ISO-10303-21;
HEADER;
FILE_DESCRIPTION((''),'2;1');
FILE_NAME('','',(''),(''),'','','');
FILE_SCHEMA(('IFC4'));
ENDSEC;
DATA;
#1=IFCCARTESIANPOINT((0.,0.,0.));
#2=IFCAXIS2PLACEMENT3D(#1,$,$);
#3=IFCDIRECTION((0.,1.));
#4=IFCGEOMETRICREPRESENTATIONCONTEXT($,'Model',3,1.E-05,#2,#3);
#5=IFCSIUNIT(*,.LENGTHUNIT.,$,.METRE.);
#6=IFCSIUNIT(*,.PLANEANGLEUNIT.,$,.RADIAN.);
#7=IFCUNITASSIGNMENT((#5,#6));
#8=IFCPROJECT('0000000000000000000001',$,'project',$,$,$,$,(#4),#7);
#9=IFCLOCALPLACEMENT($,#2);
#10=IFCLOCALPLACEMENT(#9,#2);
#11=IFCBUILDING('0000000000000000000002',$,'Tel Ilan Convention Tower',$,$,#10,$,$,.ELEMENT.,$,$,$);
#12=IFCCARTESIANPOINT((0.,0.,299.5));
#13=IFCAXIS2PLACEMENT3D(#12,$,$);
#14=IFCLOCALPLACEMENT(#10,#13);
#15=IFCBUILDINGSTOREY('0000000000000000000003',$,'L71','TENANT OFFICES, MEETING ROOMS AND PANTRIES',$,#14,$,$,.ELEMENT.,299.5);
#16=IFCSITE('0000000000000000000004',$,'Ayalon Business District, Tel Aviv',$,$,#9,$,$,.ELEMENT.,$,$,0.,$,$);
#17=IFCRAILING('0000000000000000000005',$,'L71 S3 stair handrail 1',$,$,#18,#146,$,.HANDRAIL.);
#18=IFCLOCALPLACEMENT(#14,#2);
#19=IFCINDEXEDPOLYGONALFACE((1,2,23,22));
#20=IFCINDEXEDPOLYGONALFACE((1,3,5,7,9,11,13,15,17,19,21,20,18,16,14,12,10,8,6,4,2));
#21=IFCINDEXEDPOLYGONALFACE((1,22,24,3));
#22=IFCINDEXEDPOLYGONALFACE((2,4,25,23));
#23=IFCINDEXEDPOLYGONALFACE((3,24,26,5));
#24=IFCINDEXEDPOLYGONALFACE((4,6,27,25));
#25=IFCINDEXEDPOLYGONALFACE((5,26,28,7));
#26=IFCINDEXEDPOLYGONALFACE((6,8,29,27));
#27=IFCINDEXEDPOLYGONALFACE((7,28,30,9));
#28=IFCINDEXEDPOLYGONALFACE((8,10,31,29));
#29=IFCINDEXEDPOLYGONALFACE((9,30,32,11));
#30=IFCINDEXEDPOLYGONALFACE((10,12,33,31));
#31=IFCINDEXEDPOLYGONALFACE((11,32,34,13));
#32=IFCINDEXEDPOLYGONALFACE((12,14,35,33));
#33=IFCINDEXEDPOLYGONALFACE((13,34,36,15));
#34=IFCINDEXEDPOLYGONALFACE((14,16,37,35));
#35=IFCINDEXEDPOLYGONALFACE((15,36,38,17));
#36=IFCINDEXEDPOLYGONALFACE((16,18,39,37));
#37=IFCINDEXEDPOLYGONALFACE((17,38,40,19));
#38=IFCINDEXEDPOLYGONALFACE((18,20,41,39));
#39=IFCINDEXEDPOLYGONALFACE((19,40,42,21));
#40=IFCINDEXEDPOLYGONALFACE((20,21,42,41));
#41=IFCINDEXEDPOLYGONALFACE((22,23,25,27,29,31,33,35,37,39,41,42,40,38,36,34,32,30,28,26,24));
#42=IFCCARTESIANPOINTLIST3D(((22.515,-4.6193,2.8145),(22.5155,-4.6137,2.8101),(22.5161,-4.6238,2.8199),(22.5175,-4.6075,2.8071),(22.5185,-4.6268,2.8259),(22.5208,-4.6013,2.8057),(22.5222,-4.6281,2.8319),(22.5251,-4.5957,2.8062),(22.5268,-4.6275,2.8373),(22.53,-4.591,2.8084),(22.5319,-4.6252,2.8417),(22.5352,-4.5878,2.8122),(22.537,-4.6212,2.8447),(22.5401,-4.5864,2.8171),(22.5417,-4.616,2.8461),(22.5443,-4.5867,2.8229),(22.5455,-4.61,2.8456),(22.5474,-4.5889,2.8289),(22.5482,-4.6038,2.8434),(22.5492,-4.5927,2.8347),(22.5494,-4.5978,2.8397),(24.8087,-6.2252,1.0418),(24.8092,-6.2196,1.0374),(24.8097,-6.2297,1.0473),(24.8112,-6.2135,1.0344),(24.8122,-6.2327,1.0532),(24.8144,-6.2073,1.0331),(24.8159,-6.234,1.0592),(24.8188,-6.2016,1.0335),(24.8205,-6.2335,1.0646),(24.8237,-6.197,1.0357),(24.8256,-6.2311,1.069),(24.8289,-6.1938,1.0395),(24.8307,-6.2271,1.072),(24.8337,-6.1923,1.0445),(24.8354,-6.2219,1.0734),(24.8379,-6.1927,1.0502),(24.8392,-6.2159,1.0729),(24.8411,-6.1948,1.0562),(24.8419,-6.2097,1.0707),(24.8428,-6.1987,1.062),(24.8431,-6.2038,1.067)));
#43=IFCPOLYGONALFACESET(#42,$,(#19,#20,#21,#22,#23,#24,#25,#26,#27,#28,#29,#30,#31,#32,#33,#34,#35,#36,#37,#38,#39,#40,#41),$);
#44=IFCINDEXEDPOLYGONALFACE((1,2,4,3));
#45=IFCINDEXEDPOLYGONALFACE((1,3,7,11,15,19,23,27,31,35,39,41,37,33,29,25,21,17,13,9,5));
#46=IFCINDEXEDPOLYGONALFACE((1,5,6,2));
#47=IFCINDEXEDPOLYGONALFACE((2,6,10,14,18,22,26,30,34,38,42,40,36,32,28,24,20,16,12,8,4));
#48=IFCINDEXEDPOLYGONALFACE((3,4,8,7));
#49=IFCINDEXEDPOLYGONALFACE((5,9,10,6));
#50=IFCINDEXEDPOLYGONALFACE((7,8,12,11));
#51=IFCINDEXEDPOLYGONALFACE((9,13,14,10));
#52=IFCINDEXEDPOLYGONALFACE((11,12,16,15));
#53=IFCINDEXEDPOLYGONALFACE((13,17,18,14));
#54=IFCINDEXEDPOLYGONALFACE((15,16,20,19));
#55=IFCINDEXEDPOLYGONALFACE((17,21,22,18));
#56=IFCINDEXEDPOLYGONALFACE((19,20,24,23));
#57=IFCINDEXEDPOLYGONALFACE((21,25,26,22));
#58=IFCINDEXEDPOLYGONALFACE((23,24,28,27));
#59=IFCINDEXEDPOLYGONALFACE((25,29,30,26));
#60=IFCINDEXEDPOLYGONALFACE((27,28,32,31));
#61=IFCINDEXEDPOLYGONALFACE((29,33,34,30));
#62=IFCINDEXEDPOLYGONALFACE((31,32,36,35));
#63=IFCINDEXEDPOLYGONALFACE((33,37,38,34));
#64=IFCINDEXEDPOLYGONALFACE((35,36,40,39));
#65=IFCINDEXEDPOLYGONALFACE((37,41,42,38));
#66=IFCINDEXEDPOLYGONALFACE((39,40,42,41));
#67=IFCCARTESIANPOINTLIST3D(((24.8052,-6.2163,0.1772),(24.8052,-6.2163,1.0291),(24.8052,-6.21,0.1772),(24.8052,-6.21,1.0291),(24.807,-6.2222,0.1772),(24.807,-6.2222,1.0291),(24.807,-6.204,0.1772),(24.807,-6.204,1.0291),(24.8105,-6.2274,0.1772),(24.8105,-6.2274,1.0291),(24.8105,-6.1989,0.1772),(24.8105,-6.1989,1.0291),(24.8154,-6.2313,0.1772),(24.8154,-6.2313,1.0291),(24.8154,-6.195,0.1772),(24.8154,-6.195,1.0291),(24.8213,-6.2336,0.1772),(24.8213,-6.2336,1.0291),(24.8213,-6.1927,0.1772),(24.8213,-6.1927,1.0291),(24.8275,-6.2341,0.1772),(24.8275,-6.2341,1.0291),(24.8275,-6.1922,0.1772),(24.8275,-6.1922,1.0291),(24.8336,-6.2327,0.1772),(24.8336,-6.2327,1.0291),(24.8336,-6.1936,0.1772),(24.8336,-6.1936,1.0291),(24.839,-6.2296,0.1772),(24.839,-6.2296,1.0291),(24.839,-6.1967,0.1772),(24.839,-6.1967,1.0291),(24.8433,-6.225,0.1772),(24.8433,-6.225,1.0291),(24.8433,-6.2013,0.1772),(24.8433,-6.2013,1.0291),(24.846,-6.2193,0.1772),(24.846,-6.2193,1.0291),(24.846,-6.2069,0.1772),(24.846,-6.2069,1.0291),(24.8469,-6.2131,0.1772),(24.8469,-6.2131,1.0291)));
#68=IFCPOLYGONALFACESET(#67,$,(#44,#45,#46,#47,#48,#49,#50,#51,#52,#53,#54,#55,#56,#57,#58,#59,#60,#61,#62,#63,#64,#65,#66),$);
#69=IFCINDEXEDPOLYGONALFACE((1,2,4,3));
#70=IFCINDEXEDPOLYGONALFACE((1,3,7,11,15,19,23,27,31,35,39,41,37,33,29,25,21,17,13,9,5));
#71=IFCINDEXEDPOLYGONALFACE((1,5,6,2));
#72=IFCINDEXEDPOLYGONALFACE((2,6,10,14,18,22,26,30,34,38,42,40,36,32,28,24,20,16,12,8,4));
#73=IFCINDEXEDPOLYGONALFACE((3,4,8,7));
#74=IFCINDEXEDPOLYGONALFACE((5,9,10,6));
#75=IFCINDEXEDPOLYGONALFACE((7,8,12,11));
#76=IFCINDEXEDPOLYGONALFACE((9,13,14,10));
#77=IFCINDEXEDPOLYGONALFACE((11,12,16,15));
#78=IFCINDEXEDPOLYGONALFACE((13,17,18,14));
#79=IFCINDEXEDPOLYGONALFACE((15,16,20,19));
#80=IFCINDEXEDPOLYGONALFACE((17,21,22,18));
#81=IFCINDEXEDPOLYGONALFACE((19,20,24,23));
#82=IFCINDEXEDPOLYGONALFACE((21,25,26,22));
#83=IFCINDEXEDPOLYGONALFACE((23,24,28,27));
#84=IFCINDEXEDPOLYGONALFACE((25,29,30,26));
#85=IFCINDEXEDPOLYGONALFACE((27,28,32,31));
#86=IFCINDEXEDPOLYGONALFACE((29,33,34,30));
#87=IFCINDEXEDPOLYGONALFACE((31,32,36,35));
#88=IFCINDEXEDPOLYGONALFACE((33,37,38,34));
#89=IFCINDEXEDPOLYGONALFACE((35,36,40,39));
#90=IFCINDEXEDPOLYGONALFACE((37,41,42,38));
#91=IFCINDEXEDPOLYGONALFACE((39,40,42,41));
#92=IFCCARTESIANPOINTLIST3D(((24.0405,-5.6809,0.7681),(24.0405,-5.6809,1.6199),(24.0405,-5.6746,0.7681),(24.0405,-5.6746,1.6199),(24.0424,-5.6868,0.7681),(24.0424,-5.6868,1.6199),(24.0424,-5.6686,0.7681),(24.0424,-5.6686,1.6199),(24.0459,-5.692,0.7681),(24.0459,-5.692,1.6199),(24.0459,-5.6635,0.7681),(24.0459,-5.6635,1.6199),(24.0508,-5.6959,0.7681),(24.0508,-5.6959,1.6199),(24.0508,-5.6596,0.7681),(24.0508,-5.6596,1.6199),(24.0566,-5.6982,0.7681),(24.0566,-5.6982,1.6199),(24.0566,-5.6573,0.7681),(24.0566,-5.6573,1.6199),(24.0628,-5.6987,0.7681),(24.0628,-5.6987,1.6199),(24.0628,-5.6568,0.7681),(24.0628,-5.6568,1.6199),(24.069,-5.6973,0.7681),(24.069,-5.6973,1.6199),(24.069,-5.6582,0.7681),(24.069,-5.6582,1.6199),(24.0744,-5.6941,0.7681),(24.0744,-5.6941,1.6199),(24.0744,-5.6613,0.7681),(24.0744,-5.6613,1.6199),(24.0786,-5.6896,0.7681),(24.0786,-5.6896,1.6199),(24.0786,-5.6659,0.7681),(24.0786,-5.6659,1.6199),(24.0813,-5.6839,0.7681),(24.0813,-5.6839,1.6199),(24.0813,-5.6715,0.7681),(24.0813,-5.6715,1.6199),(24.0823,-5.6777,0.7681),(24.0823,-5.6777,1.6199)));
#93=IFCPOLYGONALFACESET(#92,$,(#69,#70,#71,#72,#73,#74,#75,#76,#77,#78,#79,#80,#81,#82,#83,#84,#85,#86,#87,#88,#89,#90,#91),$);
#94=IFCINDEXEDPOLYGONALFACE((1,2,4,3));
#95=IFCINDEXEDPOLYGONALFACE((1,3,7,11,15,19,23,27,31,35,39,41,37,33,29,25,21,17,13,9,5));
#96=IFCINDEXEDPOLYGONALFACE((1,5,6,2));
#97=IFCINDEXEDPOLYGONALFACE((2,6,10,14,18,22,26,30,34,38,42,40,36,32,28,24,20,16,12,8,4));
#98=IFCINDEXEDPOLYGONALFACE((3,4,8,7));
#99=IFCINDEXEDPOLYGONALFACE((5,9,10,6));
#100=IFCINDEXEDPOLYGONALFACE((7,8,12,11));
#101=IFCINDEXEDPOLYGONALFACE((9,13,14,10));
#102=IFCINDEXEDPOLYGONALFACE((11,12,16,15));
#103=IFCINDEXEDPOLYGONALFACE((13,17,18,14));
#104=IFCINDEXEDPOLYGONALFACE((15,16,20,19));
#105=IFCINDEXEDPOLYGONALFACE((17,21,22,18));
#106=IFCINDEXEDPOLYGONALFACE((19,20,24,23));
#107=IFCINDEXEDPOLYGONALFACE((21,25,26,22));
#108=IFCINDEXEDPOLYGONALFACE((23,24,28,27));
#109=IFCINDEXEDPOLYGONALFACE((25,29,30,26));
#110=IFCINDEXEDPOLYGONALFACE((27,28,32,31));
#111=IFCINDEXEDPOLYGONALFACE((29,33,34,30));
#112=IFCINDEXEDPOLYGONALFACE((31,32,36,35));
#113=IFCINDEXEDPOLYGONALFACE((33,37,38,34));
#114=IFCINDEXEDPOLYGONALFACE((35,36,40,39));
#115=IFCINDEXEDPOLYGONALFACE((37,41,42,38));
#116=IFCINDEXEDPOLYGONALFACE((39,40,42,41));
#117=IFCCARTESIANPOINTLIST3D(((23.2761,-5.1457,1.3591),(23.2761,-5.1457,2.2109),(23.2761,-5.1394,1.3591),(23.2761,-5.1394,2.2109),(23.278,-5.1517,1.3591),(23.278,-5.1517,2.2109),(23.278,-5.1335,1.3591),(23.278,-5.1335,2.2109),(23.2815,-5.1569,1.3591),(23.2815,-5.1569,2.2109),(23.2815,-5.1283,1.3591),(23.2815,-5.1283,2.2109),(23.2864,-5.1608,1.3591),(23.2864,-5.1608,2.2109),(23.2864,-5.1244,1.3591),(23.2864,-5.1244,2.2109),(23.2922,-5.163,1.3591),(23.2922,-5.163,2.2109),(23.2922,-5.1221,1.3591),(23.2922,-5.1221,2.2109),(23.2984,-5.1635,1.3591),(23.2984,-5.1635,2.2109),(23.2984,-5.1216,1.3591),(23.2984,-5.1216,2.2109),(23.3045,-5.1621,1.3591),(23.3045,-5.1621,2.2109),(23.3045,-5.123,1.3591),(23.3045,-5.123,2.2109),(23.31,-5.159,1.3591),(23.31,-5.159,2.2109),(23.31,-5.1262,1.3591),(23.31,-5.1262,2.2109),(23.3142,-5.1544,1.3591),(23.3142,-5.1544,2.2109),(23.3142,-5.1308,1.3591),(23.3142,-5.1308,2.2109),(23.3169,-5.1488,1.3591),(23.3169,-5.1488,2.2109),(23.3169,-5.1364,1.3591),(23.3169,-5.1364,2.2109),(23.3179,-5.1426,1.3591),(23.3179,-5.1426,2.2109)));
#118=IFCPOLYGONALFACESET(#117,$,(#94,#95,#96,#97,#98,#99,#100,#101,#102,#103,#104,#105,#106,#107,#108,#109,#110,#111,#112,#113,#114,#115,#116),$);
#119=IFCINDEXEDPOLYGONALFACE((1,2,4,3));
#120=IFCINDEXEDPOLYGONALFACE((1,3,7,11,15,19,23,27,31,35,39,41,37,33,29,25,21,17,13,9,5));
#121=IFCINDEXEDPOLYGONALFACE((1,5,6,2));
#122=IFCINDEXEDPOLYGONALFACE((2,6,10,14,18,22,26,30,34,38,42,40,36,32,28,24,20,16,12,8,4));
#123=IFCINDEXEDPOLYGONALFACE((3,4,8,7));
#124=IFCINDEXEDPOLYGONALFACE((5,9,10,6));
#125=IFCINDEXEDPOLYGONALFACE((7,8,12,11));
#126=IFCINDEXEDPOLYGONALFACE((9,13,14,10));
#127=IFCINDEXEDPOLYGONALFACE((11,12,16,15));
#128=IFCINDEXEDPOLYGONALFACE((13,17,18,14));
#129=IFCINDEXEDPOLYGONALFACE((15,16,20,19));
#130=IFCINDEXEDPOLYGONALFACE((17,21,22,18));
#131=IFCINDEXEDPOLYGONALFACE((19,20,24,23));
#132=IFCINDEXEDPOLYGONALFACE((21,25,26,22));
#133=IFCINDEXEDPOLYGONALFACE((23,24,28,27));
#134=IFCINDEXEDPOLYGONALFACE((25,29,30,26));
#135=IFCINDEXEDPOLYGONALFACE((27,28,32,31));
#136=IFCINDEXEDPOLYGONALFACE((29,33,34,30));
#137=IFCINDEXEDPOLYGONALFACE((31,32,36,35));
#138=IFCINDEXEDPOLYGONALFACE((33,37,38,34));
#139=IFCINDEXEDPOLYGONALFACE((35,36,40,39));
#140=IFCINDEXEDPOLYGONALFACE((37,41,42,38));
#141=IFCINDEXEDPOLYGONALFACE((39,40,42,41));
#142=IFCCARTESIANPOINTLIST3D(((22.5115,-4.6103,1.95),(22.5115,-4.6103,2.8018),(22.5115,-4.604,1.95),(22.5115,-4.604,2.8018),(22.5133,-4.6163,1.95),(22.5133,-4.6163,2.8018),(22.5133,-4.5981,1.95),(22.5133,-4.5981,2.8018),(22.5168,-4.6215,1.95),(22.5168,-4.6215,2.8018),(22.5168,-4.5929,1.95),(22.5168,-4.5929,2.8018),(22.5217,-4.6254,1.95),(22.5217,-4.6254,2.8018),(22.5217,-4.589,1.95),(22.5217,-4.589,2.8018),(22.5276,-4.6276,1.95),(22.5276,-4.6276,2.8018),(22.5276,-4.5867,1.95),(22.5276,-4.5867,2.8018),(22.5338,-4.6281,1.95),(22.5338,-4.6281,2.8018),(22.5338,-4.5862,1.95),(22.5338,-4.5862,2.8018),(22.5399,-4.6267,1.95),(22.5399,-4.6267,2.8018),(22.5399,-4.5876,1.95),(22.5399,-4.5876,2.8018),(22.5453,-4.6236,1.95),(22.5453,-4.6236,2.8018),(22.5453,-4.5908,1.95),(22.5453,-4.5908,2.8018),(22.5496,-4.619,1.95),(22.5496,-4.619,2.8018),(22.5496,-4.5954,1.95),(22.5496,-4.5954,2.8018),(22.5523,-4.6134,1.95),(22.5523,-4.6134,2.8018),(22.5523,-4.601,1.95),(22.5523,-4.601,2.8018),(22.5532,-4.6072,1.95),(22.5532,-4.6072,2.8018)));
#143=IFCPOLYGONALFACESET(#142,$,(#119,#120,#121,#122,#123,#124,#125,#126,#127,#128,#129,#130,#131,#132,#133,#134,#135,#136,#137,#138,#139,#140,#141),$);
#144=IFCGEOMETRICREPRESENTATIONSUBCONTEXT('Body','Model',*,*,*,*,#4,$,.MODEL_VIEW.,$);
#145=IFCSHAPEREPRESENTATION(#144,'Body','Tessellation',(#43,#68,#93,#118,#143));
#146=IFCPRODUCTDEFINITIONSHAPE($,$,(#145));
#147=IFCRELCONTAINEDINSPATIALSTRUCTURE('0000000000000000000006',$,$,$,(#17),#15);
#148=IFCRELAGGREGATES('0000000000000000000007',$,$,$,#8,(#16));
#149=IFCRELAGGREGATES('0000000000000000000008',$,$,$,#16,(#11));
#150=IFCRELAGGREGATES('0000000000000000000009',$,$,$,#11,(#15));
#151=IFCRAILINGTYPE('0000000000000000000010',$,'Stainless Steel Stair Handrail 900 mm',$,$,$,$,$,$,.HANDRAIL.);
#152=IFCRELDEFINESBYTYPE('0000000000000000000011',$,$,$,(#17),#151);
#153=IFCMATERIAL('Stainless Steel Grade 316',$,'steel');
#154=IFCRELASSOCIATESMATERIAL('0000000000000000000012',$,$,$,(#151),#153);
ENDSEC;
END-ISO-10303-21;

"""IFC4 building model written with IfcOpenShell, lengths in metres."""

from ifc_helpers import new_model, si_unit, direction, frame, origin, origin_2d, place, context, subcontext, project, spatial, circle, extrude, material, type_object, element, save


model = new_model("IFC4")

# Units and contexts
model_context = context("Model", 3, precision=1e-05, world=origin(), true_north=direction((0.0, 1.0)))
body_context = subcontext(model_context, "Body", "Model", "MODEL_VIEW")
ifc_project = project(units=[si_unit("LENGTHUNIT", "METRE"), si_unit("PLANEANGLEUNIT", "RADIAN")], contexts=[model_context])

# Site, building, storey
site_placement = place(None, origin())
site = spatial("IfcSite", under=ifc_project, at=site_placement, Name="Ayalon Business District, Tel Aviv", CompositionType="ELEMENT", RefElevation=0.0)
building_placement = place(site_placement, origin())
building = spatial("IfcBuilding", under=site, at=building_placement, Name="Tel Ilan Convention Tower", CompositionType="ELEMENT")
storey_placement = place(building_placement, frame((0.0, 0.0, 299.5)))
storey = spatial("IfcBuildingStorey", under=building, at=storey_placement, Name="L71", Description="TENANT OFFICES, MEETING ROOMS AND PANTRIES", CompositionType="ELEMENT", Elevation=299.5)

# Railing
ifc_material_1 = material(Name="Stainless Steel Grade 316", Category="steel")
railing_type_1 = type_object("IfcRailingType", Name="Stainless Steel Stair Handrail 900 mm", PredefinedType="HANDRAIL", material=ifc_material_1)
for number, where, name in (
    (1, (24.8259, -6.2131, 0.1772), "L71 S3 stair handrail 1"),
):
    element("IfcRailing", number, at=place(storey_placement, frame(where)), inside=storey, type_object=railing_type_1, Name=name, PredefinedType="HANDRAIL", context=body_context, shape_type="SweptSolid", body=[
        extrude(circle(Radius=0.0239, at=origin_2d()), frame((0.0, 0.0, 0.876), z_axis=(-0.692123, 0.484597, 0.534913), x_axis=(-0.57355, -0.81917, 0.0)), (0.0, 0.0, 1.0), 3.314),
        extrude(circle(Radius=0.021, at=origin_2d()), origin(), (0.0, 0.0, 1.0), 0.8518),
        extrude(circle(Radius=0.021, at=origin_2d()), frame((-0.7646, 0.5354, 0.5908)), (0.0, 0.0, 1.0), 0.8518),
        extrude(circle(Radius=0.021, at=origin_2d()), frame((-1.5291, 1.0706, 1.1819)), (0.0, 0.0, 1.0), 0.8518),
        extrude(circle(Radius=0.021, at=origin_2d()), frame((-2.2937, 1.606, 1.7727)), (0.0, 0.0, 1.0), 0.8518),
    ])

save(model, "model.ifc")
